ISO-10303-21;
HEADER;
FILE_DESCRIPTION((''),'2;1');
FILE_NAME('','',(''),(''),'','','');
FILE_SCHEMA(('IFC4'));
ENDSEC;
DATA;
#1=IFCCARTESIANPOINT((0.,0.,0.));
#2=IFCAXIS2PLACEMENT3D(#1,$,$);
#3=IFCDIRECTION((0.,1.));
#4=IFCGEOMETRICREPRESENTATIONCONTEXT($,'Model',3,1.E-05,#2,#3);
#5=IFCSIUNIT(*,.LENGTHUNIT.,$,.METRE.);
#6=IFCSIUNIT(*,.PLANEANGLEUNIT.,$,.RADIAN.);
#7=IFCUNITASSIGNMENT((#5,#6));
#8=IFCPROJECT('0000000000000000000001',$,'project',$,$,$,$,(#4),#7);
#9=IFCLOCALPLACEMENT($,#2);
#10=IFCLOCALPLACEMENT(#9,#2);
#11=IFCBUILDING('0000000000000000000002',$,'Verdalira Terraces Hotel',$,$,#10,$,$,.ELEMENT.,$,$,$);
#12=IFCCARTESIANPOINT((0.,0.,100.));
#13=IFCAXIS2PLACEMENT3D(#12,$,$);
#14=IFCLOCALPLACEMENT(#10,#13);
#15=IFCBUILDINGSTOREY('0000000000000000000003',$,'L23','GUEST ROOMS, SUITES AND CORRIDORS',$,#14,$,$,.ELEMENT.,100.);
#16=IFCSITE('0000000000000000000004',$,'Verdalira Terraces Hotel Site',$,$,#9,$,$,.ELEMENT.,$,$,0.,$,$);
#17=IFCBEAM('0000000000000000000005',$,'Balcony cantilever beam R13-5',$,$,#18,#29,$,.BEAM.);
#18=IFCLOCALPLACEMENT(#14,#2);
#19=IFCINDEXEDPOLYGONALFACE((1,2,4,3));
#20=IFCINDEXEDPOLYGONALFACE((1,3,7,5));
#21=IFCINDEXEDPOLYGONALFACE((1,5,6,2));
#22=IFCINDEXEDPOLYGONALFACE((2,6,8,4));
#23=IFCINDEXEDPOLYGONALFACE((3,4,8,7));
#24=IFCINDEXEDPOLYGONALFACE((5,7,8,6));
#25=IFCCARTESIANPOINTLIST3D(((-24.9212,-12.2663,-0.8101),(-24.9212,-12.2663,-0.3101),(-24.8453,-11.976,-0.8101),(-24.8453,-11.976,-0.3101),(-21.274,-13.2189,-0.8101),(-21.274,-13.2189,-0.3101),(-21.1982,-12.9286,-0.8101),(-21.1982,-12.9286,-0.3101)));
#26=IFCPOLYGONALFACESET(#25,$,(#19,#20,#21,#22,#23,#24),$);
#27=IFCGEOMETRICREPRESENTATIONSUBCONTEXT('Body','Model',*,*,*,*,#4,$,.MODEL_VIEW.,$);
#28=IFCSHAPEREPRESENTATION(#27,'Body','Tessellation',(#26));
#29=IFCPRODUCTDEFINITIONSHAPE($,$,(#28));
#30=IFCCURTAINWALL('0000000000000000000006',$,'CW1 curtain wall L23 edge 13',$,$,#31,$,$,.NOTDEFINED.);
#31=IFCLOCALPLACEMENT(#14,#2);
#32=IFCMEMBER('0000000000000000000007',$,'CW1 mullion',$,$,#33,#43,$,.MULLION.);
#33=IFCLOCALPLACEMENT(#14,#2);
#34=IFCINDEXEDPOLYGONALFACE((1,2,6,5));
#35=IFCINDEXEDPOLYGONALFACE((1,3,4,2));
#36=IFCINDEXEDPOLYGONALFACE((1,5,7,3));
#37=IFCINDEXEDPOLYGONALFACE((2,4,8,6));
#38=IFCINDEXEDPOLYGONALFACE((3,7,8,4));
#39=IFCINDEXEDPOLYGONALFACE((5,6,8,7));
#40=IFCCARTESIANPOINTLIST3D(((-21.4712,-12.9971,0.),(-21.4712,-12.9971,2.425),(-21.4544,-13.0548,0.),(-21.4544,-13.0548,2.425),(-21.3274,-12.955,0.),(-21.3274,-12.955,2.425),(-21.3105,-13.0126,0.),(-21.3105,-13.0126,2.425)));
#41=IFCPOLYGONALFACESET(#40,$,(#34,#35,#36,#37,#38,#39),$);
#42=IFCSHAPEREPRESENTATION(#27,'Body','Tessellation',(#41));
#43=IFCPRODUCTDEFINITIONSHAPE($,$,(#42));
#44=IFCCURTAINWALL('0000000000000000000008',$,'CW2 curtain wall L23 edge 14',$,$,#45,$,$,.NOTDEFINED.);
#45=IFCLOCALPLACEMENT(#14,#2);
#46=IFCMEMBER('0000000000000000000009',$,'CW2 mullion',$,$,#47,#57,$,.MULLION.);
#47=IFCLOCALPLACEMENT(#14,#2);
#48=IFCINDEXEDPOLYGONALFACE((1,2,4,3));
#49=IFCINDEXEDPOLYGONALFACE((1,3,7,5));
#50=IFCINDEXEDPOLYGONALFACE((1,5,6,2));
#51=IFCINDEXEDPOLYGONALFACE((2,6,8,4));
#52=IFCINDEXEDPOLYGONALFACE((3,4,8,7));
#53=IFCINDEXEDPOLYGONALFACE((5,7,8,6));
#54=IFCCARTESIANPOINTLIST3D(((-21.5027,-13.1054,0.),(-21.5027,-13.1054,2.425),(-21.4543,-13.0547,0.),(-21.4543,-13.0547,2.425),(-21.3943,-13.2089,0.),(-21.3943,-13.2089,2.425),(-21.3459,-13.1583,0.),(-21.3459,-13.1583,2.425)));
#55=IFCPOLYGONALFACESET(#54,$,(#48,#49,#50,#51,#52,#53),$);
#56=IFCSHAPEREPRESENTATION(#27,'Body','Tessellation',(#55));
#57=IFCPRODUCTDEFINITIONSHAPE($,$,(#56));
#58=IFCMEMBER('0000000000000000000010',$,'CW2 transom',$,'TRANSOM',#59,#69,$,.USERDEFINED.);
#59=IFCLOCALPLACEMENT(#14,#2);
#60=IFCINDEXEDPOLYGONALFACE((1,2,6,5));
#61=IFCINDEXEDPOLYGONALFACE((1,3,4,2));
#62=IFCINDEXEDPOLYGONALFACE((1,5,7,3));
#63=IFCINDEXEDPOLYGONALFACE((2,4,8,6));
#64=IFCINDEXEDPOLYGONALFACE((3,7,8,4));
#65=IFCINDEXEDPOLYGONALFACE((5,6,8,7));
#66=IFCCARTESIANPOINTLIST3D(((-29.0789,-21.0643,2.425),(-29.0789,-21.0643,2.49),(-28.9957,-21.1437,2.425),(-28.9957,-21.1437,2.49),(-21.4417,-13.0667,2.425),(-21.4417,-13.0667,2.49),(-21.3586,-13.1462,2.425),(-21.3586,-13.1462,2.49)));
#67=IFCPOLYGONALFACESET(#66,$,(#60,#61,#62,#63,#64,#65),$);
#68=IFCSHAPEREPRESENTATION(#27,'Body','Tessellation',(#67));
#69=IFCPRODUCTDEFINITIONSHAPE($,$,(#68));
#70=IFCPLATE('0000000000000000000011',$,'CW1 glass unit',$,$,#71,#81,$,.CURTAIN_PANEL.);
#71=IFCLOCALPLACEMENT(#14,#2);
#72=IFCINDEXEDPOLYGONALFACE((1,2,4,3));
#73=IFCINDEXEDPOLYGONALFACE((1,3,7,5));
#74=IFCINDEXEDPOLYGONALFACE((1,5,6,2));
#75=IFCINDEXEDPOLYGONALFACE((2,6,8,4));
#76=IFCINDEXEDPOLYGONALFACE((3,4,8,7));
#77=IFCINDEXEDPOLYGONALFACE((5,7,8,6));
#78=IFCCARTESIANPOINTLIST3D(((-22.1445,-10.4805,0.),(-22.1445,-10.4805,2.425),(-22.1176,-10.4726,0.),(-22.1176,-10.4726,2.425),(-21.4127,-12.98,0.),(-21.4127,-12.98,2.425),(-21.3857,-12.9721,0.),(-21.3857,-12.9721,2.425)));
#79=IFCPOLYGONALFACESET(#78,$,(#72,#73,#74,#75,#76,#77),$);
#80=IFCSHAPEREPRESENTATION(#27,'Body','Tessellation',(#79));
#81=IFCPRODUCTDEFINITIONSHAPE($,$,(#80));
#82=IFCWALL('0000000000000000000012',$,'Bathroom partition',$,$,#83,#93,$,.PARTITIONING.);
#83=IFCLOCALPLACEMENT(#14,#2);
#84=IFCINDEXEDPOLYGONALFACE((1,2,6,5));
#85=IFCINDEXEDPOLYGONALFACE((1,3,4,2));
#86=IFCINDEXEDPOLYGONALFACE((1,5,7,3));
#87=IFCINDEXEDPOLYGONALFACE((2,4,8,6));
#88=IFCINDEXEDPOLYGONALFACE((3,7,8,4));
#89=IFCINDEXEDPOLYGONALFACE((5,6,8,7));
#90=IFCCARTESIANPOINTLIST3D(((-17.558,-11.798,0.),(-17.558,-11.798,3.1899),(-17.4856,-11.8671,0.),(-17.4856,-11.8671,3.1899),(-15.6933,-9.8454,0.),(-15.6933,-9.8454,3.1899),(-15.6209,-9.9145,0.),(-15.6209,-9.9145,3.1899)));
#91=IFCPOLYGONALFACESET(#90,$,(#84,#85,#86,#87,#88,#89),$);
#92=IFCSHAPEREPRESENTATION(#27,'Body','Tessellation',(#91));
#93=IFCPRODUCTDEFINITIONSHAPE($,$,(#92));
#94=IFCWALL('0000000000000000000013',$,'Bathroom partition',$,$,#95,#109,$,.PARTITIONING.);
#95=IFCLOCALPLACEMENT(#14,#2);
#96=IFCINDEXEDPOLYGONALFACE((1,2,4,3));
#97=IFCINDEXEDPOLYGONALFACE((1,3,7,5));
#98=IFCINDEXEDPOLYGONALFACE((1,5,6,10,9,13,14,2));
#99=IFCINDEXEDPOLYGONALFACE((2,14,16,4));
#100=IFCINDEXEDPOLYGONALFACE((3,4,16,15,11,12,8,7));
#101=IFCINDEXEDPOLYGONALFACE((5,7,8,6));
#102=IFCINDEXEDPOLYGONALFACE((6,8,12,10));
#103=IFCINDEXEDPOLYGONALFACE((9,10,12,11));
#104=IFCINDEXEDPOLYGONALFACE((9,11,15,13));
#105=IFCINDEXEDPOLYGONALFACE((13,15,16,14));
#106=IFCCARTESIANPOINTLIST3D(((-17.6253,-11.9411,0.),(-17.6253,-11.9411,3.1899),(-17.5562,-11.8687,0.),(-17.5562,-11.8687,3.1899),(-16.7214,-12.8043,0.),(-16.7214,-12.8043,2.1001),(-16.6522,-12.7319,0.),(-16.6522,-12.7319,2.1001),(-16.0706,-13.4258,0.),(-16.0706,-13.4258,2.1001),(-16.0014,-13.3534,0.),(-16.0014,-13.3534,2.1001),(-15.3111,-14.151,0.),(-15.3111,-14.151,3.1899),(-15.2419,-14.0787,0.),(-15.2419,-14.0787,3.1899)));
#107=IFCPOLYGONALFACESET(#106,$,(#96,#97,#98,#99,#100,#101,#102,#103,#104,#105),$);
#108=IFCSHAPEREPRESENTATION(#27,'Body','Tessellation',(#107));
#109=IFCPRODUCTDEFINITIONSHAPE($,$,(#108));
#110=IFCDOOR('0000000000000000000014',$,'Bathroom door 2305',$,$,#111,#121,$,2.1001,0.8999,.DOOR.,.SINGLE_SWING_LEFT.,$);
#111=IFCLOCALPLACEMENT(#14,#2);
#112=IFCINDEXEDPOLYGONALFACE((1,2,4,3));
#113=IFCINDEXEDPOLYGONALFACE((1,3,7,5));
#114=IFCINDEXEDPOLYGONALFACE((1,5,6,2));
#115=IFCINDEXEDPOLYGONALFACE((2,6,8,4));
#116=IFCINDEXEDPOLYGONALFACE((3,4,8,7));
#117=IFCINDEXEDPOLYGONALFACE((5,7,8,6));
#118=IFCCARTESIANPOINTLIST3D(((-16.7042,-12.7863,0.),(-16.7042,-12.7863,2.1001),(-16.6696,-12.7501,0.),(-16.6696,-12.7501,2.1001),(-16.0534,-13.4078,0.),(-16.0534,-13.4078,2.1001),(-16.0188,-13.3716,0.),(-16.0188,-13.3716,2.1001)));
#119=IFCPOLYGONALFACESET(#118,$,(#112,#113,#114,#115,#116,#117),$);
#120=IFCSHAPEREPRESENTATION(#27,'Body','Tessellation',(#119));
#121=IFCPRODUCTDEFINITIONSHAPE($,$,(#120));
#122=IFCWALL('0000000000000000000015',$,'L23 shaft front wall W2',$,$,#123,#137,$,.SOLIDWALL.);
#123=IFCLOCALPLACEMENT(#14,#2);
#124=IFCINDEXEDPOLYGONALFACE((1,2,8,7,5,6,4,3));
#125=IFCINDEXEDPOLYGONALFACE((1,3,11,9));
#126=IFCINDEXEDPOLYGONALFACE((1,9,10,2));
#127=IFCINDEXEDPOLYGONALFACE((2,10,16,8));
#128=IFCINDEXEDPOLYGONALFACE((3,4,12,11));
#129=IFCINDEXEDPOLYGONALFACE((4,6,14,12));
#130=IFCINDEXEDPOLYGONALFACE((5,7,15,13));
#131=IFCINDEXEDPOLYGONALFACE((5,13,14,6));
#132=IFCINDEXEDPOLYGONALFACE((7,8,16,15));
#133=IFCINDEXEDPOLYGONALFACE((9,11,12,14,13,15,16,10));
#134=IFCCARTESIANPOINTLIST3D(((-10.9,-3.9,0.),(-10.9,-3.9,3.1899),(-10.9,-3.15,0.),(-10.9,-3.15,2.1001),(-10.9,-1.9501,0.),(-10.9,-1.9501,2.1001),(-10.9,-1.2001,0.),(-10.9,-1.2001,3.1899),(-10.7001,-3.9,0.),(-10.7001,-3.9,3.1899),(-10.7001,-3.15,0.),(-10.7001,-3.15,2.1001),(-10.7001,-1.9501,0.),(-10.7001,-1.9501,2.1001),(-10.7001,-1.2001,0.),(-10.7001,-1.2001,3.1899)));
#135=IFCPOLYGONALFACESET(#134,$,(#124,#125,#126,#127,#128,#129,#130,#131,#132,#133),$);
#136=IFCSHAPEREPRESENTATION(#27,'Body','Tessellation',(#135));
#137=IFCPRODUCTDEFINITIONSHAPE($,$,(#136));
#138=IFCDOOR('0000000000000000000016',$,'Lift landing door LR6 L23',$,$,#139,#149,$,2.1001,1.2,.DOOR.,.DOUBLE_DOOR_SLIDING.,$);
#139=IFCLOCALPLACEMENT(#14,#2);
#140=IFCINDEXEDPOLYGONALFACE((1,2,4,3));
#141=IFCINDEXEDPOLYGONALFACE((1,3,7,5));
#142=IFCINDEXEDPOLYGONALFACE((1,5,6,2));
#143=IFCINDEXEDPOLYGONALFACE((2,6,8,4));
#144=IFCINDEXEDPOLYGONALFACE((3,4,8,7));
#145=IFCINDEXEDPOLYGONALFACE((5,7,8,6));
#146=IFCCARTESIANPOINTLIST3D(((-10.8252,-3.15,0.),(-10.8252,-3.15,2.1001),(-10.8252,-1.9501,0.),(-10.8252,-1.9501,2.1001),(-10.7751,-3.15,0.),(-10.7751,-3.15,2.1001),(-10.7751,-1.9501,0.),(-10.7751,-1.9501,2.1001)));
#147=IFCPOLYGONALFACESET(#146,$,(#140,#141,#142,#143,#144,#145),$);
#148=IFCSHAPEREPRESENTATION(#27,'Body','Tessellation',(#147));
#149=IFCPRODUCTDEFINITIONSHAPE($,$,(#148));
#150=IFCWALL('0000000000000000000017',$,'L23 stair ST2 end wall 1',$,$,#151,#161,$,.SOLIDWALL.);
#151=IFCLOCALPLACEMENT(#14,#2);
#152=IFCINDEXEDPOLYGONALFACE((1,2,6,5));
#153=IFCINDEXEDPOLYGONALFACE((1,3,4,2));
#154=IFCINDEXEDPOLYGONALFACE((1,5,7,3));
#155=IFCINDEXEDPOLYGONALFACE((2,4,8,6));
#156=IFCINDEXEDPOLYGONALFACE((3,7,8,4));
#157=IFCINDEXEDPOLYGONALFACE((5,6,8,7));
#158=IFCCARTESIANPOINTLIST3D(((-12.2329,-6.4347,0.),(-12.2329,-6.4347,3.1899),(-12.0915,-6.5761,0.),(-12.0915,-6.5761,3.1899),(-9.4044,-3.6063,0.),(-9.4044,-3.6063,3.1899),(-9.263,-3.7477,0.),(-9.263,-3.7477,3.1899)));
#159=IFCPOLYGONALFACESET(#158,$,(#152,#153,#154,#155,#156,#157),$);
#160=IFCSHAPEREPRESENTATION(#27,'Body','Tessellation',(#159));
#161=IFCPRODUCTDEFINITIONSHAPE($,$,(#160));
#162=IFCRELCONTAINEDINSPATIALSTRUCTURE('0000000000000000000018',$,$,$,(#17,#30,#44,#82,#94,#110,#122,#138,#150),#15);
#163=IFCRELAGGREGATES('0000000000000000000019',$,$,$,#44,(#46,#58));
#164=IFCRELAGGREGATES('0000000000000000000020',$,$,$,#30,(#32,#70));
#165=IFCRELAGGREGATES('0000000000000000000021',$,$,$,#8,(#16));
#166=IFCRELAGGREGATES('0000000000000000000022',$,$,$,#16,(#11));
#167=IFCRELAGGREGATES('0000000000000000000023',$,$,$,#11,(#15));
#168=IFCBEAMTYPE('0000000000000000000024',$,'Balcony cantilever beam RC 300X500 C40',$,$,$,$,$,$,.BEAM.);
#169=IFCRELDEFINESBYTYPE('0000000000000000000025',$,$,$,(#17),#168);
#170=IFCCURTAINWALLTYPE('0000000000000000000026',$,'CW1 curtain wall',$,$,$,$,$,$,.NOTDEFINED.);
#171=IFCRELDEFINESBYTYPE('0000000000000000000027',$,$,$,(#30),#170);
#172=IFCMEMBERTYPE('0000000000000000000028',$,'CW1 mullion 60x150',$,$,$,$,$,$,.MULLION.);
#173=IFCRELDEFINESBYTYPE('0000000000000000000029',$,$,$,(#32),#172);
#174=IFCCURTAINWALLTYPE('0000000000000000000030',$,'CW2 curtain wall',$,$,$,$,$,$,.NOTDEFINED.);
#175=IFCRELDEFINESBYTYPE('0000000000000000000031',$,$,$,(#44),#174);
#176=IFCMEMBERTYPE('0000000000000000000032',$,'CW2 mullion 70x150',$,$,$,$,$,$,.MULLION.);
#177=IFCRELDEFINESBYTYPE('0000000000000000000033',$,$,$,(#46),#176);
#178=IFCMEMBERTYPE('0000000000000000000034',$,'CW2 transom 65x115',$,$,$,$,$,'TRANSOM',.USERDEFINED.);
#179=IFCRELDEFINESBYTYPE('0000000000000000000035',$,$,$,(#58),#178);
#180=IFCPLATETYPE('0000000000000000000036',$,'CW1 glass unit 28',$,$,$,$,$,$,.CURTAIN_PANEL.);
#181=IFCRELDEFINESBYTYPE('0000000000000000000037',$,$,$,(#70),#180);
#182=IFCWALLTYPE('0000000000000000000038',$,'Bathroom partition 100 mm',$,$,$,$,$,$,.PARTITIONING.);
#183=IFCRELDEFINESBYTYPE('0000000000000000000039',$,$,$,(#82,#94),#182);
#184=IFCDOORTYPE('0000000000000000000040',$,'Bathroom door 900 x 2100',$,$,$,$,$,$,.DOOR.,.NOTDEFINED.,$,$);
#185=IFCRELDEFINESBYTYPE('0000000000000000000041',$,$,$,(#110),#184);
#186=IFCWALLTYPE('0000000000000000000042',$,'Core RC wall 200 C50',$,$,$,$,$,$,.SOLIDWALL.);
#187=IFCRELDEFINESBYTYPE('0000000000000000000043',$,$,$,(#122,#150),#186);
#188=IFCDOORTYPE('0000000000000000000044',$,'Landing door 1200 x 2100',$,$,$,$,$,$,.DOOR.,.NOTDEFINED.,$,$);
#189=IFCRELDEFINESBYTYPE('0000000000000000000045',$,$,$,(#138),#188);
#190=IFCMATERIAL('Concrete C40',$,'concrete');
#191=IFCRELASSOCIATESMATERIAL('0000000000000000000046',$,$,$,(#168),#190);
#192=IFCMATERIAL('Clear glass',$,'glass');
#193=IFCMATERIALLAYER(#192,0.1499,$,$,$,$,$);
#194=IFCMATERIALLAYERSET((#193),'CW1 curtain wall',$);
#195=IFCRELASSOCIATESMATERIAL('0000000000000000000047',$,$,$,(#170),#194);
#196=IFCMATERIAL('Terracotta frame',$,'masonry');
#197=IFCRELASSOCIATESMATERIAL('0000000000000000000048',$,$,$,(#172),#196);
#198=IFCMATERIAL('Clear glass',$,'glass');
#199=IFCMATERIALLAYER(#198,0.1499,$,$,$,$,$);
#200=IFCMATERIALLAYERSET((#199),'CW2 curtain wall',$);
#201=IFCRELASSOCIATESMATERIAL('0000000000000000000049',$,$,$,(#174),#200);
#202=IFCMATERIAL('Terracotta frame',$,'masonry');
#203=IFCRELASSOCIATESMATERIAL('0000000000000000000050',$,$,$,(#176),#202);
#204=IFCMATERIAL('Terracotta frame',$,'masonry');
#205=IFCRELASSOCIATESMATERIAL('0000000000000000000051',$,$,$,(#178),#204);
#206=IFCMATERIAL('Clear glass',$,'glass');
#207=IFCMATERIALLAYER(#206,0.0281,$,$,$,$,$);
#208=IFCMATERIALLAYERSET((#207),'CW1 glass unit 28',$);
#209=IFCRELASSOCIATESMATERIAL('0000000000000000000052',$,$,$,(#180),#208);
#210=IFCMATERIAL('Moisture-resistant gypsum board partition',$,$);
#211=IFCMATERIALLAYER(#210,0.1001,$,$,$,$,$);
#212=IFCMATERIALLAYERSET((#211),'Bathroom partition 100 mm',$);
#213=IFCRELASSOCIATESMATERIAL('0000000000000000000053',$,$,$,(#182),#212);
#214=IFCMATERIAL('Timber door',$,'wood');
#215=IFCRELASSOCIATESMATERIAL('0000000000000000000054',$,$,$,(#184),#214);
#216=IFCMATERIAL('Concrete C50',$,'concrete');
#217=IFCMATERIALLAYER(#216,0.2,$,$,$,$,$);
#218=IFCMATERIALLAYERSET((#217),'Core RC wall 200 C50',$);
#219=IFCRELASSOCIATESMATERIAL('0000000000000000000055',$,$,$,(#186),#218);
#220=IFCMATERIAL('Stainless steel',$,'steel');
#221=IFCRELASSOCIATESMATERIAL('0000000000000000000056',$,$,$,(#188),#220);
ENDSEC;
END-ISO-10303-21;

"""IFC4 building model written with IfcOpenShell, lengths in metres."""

from ifc_helpers import new_model, si_unit, direction, frame, frame_2d, origin, origin_2d, place, context, subcontext, project, spatial, rectangle, extrude, material, layer, layer_set, material_profile, profile_set, type_object, element, fill, aggregate, save


model = new_model("IFC4")

# Units and contexts
model_context = context("Model", 3, precision=1e-05, world=origin(), true_north=direction((0.0, 1.0)))
body_context = subcontext(model_context, "Body", "Model", "MODEL_VIEW")
ifc_project = project(units=[si_unit("LENGTHUNIT", "METRE"), si_unit("PLANEANGLEUNIT", "RADIAN")], contexts=[model_context])

# Site, building, storey
site_placement = place(None, origin())
site = spatial("IfcSite", under=ifc_project, at=site_placement, Name="Verdalira Terraces Hotel Site", CompositionType="ELEMENT", RefElevation=0.0)
building_placement = place(site_placement, origin())
building = spatial("IfcBuilding", under=site, at=building_placement, Name="Verdalira Terraces Hotel", CompositionType="ELEMENT")
storey_placement = place(building_placement, frame((0.0, 0.0, 100.0)))
storey = spatial("IfcBuildingStorey", under=building, at=storey_placement, Name="L23", Description="GUEST ROOMS, SUITES AND CORRIDORS", CompositionType="ELEMENT", Elevation=100.0)

# Beam
ifc_material_1 = material(Name="Concrete C40", Category="concrete")
ifc_material_profile_1 = material_profile(ifc_material_1, rectangle(XDim=0.3, YDim=0.5, at=origin_2d()), Name="RC 300X500")
ifc_profile_set_1 = profile_set([ifc_material_profile_1], Name="Concrete C40")
beam_type = type_object("IfcBeamType", Name="Balcony cantilever beam RC 300X500 C40", PredefinedType="BEAM", material=ifc_profile_set_1)
beam_placement = place(storey_placement, frame((-21.2361, -13.0737, -0.5601), z_axis=(-0.96754, 0.252717, 0.0), x_axis=(-0.252717, -0.96754, 0.0)))
element("IfcBeam", 1, at=beam_placement, inside=storey, type_object=beam_type, Name="Balcony cantilever beam R13-5", PredefinedType="BEAM", context=body_context, shape_type="SweptSolid", body=[
    extrude(rectangle(XDim=0.3, YDim=0.5, at=origin_2d()), origin(), (0.0, 0.0, 1.0), 3.7695),
])

# Curtain wall, member
ifc_material_2 = material(Name="Clear glass", Category="glass")
ifc_layer_1 = layer(ifc_material_2, 0.1499)
ifc_layer_set_1 = layer_set([ifc_layer_1], Name="CW1 curtain wall")
curtain_wall_type_1 = type_object("IfcCurtainWallType", Name="CW1 curtain wall", PredefinedType="NOTDEFINED", material=ifc_layer_set_1)
curtain_wall_1_placement = place(storey_placement, origin())
curtain_wall_1 = element("IfcCurtainWall", 2, at=curtain_wall_1_placement, inside=storey, type_object=curtain_wall_type_1, Name="CW1 curtain wall L23 edge 13", PredefinedType="NOTDEFINED")
ifc_material_3 = material(Name="Terracotta frame", Category="masonry")
ifc_material_profile_2 = material_profile(ifc_material_3, rectangle(XDim=0.0601, YDim=0.1499, at=origin_2d()), Name="MU 60x150")
ifc_profile_set_2 = profile_set([ifc_material_profile_2], Name="Terracotta frame")
member_type_1 = type_object("IfcMemberType", Name="CW1 mullion 60x150", PredefinedType="MULLION", material=ifc_profile_set_2)
member_1_placement = place(storey_placement, frame((-21.3909, -13.0049, 0.0), z_axis=(0.0, 0.0, 1.0), x_axis=(0.281002, -0.959707, 0.0)))
member_1 = element("IfcMember", 3, at=member_1_placement, type_object=member_type_1, Name="CW1 mullion", PredefinedType="MULLION", context=body_context, shape_type="SweptSolid", body=[
    extrude(rectangle(XDim=0.0601, YDim=0.1499, at=origin_2d()), origin(), (0.0, 0.0, 1.0), 2.425),
])

# Curtain wall, members
ifc_material_4 = material(Name="Clear glass", Category="glass")
ifc_layer_2 = layer(ifc_material_4, 0.1499)
ifc_layer_set_2 = layer_set([ifc_layer_2], Name="CW2 curtain wall")
curtain_wall_type_2 = type_object("IfcCurtainWallType", Name="CW2 curtain wall", PredefinedType="NOTDEFINED", material=ifc_layer_set_2)
curtain_wall_2_placement = place(storey_placement, origin())
curtain_wall_2 = element("IfcCurtainWall", 4, at=curtain_wall_2_placement, inside=storey, type_object=curtain_wall_type_2, Name="CW2 curtain wall L23 edge 14", PredefinedType="NOTDEFINED")
ifc_material_5 = material(Name="Terracotta frame", Category="masonry")
ifc_material_profile_3 = material_profile(ifc_material_5, rectangle(XDim=0.0701, YDim=0.1499, at=origin_2d()), Name="MU 70x150")
ifc_profile_set_3 = profile_set([ifc_material_profile_3], Name="Terracotta frame")
member_type_2 = type_object("IfcMemberType", Name="CW2 mullion 70x150", PredefinedType="MULLION", material=ifc_profile_set_3)
member_2_placement = place(storey_placement, frame((-21.4243, -13.1318, 0.0), z_axis=(0.0, 0.0, 1.0), x_axis=(-0.69063, -0.723208, 0.0)))
member_2 = element("IfcMember", 5, at=member_2_placement, type_object=member_type_2, Name="CW2 mullion", PredefinedType="MULLION", context=body_context, shape_type="SweptSolid", body=[
    extrude(rectangle(XDim=0.0701, YDim=0.1499, at=origin_2d()), origin(), (0.0, 0.0, 1.0), 2.425),
])
ifc_material_6 = material(Name="Terracotta frame", Category="masonry")
ifc_material_profile_4 = material_profile(ifc_material_6, rectangle(XDim=0.115, YDim=0.0649, at=origin_2d()), Name="TR 65x115")
ifc_profile_set_4 = profile_set([ifc_material_profile_4], Name="Terracotta frame")
member_type_3 = type_object("IfcMemberType", Name="CW2 transom 65x115", ElementType="TRANSOM", PredefinedType="USERDEFINED", material=ifc_profile_set_4)
member_3_placement = place(storey_placement, frame((-21.4001, -13.1064, 2.4575), z_axis=(-0.690626, -0.723212, 0.0), x_axis=(0.723212, -0.690626, 0.0)))
member_3 = element("IfcMember", 6, at=member_3_placement, type_object=member_type_3, Name="CW2 transom", ObjectType="TRANSOM", PredefinedType="USERDEFINED", context=body_context, shape_type="SweptSolid", body=[
    extrude(rectangle(XDim=0.115, YDim=0.0649, at=origin_2d()), origin(), (0.0, 0.0, 1.0), 11.0584),
])
aggregate(curtain_wall_2, [member_2, member_3])

# Plate
ifc_material_7 = material(Name="Clear glass", Category="glass")
ifc_layer_3 = layer(ifc_material_7, 0.0281)
ifc_layer_set_3 = layer_set([ifc_layer_3], Name="CW1 glass unit 28")
plate_type = type_object("IfcPlateType", Name="CW1 glass unit 28", PredefinedType="CURTAIN_PANEL", material=ifc_layer_set_3)
plate_placement = place(storey_placement, frame((-21.7651, -11.7263, 0.0), z_axis=(0.0, 0.0, 1.0), x_axis=(0.281002, -0.959707, 0.0)))
plate = element("IfcPlate", 7, at=plate_placement, type_object=plate_type, Name="CW1 glass unit", PredefinedType="CURTAIN_PANEL", context=body_context, shape_type="SweptSolid", body=[
    extrude(rectangle(XDim=2.6045, YDim=0.0281, at=origin_2d()), origin(), (0.0, 0.0, 1.0), 2.425),
])
aggregate(curtain_wall_1, [member_1, plate])

# Wall
ifc_material_8 = material(Name="Moisture-resistant gypsum board partition")
ifc_layer_4 = layer(ifc_material_8, 0.1001)
ifc_layer_set_4 = layer_set([ifc_layer_4], Name="Bathroom partition 100 mm")
wall_type_1 = type_object("IfcWallType", Name="Bathroom partition 100 mm", PredefinedType="PARTITIONING", material=ifc_layer_set_4)
wall_1_placement = place(storey_placement, frame((-15.657, -9.8799, 0.0), z_axis=(0.0, 0.0, 1.0), x_axis=(-0.690643, -0.723195, 0.0)))
element("IfcWall", 8, at=wall_1_placement, inside=storey, type_object=wall_type_1, Name="Bathroom partition", PredefinedType="PARTITIONING", context=body_context, shape_type="SweptSolid", body=[
    extrude(rectangle(XDim=2.7, YDim=0.1001, at=frame_2d((1.3501, 0.0))), origin(), (0.0, 0.0, 1.0), 3.1899),
])

# Walls, openings, doors
wall_2_placement = place(storey_placement, frame((-17.5908, -11.9048, 0.0), z_axis=(0.0, 0.0, 1.0), x_axis=(0.723208, -0.69063, 0.0)))
wall_2 = element("IfcWall", 9, at=wall_2_placement, inside=storey, type_object=wall_type_1, Name="Bathroom partition", PredefinedType="PARTITIONING", context=body_context, shape_type="SweptSolid", body=[
    extrude(rectangle(XDim=3.2, YDim=0.1001, at=frame_2d((1.6001, 0.0))), origin(), (0.0, 0.0, 1.0), 3.1899),
])
opening_1_placement = place(wall_2_placement, frame((1.25, 0.0, 0.0)))
opening_1 = element("IfcOpeningElement", 10, at=opening_1_placement, cuts=wall_2, PredefinedType="OPENING", context=body_context, shape_type="SweptSolid", body=[
    extrude(rectangle(XDim=0.8999, YDim=2.1001, at=frame_2d((0.45, 1.05))), frame((0.0, 0.0601, 0.0), z_axis=(0.0, -1.0, 0.0), x_axis=(1.0, 0.0, 0.0)), (0.0, 0.0, 1.0), 0.1201),
])
ifc_material_9 = material(Name="Timber door", Category="wood")
door_type_1 = type_object("IfcDoorType", Name="Bathroom door 900 x 2100", OperationType="NOTDEFINED", PredefinedType="DOOR", material=ifc_material_9)
door_1_placement = place(opening_1_placement, origin())
door_1 = element("IfcDoor", 11, at=door_1_placement, inside=storey, type_object=door_type_1, Name="Bathroom door 2305", OperationType="SINGLE_SWING_LEFT", OverallHeight=2.1001, OverallWidth=0.8999, PredefinedType="DOOR", context=body_context, shape_type="SweptSolid", body=[
    extrude(rectangle(XDim=0.8999, YDim=2.1001, at=frame_2d((0.45, 1.05))), frame((0.0, 0.0249, 0.0), z_axis=(0.0, -1.0, 0.0), x_axis=(1.0, 0.0, 0.0)), (0.0, 0.0, 1.0), 0.05),
])
fill(opening_1, door_1)
ifc_material_10 = material(Name="Concrete C50", Category="concrete")
ifc_layer_5 = layer(ifc_material_10, 0.2)
ifc_layer_set_5 = layer_set([ifc_layer_5], Name="Core RC wall 200 C50")
wall_type_2 = type_object("IfcWallType", Name="Core RC wall 200 C50", PredefinedType="SOLIDWALL", material=ifc_layer_set_5)
wall_3_placement = place(storey_placement, frame((-10.8, -1.2, 0.0), z_axis=(0.0, 0.0, 1.0), x_axis=(0.0, -1.0, 0.0)))
wall_3 = element("IfcWall", 12, at=wall_3_placement, inside=storey, type_object=wall_type_2, Name="L23 shaft front wall W2", PredefinedType="SOLIDWALL", context=body_context, shape_type="SweptSolid", body=[
    extrude(rectangle(XDim=2.7, YDim=0.2, at=frame_2d((1.3501, 0.0))), origin(), (0.0, 0.0, 1.0), 3.1899),
])
opening_2_placement = place(wall_3_placement, frame((0.75, 0.0, 0.0)))
opening_2 = element("IfcOpeningElement", 13, at=opening_2_placement, cuts=wall_3, PredefinedType="OPENING", context=body_context, shape_type="SweptSolid", body=[
    extrude(rectangle(XDim=1.2, YDim=2.1001, at=frame_2d((0.6001, 1.05))), frame((0.0, 0.1099, 0.0), z_axis=(0.0, -1.0, 0.0), x_axis=(1.0, 0.0, 0.0)), (0.0, 0.0, 1.0), 0.22),
])
ifc_material_11 = material(Name="Stainless steel", Category="steel")
door_type_2 = type_object("IfcDoorType", Name="Landing door 1200 x 2100", OperationType="NOTDEFINED", PredefinedType="DOOR", material=ifc_material_11)
door_2_placement = place(opening_2_placement, origin())
door_2 = element("IfcDoor", 14, at=door_2_placement, inside=storey, type_object=door_type_2, Name="Lift landing door LR6 L23", OperationType="DOUBLE_DOOR_SLIDING", OverallHeight=2.1001, OverallWidth=1.2, PredefinedType="DOOR", context=body_context, shape_type="SweptSolid", body=[
    extrude(rectangle(XDim=1.2, YDim=2.1001, at=frame_2d((0.6001, 1.05))), frame((0.0, 0.0249, 0.0), z_axis=(0.0, -1.0, 0.0), x_axis=(1.0, 0.0, 0.0)), (0.0, 0.0, 1.0), 0.05),
])
fill(opening_2, door_2)

# Wall
wall_4_placement = place(storey_placement, frame((-9.3337, -3.677, 0.0), z_axis=(0.0, 0.0, 1.0), x_axis=(-0.707107, -0.707107, 0.0)))
element("IfcWall", 15, at=wall_4_placement, inside=storey, type_object=wall_type_2, Name="L23 stair ST2 end wall 1", PredefinedType="SOLIDWALL", context=body_context, shape_type="SweptSolid", body=[
    extrude(rectangle(XDim=4.0, YDim=0.2, at=frame_2d((2.0, 0.0))), origin(), (0.0, 0.0, 1.0), 3.1899),
])

save(model, "model.ifc")
